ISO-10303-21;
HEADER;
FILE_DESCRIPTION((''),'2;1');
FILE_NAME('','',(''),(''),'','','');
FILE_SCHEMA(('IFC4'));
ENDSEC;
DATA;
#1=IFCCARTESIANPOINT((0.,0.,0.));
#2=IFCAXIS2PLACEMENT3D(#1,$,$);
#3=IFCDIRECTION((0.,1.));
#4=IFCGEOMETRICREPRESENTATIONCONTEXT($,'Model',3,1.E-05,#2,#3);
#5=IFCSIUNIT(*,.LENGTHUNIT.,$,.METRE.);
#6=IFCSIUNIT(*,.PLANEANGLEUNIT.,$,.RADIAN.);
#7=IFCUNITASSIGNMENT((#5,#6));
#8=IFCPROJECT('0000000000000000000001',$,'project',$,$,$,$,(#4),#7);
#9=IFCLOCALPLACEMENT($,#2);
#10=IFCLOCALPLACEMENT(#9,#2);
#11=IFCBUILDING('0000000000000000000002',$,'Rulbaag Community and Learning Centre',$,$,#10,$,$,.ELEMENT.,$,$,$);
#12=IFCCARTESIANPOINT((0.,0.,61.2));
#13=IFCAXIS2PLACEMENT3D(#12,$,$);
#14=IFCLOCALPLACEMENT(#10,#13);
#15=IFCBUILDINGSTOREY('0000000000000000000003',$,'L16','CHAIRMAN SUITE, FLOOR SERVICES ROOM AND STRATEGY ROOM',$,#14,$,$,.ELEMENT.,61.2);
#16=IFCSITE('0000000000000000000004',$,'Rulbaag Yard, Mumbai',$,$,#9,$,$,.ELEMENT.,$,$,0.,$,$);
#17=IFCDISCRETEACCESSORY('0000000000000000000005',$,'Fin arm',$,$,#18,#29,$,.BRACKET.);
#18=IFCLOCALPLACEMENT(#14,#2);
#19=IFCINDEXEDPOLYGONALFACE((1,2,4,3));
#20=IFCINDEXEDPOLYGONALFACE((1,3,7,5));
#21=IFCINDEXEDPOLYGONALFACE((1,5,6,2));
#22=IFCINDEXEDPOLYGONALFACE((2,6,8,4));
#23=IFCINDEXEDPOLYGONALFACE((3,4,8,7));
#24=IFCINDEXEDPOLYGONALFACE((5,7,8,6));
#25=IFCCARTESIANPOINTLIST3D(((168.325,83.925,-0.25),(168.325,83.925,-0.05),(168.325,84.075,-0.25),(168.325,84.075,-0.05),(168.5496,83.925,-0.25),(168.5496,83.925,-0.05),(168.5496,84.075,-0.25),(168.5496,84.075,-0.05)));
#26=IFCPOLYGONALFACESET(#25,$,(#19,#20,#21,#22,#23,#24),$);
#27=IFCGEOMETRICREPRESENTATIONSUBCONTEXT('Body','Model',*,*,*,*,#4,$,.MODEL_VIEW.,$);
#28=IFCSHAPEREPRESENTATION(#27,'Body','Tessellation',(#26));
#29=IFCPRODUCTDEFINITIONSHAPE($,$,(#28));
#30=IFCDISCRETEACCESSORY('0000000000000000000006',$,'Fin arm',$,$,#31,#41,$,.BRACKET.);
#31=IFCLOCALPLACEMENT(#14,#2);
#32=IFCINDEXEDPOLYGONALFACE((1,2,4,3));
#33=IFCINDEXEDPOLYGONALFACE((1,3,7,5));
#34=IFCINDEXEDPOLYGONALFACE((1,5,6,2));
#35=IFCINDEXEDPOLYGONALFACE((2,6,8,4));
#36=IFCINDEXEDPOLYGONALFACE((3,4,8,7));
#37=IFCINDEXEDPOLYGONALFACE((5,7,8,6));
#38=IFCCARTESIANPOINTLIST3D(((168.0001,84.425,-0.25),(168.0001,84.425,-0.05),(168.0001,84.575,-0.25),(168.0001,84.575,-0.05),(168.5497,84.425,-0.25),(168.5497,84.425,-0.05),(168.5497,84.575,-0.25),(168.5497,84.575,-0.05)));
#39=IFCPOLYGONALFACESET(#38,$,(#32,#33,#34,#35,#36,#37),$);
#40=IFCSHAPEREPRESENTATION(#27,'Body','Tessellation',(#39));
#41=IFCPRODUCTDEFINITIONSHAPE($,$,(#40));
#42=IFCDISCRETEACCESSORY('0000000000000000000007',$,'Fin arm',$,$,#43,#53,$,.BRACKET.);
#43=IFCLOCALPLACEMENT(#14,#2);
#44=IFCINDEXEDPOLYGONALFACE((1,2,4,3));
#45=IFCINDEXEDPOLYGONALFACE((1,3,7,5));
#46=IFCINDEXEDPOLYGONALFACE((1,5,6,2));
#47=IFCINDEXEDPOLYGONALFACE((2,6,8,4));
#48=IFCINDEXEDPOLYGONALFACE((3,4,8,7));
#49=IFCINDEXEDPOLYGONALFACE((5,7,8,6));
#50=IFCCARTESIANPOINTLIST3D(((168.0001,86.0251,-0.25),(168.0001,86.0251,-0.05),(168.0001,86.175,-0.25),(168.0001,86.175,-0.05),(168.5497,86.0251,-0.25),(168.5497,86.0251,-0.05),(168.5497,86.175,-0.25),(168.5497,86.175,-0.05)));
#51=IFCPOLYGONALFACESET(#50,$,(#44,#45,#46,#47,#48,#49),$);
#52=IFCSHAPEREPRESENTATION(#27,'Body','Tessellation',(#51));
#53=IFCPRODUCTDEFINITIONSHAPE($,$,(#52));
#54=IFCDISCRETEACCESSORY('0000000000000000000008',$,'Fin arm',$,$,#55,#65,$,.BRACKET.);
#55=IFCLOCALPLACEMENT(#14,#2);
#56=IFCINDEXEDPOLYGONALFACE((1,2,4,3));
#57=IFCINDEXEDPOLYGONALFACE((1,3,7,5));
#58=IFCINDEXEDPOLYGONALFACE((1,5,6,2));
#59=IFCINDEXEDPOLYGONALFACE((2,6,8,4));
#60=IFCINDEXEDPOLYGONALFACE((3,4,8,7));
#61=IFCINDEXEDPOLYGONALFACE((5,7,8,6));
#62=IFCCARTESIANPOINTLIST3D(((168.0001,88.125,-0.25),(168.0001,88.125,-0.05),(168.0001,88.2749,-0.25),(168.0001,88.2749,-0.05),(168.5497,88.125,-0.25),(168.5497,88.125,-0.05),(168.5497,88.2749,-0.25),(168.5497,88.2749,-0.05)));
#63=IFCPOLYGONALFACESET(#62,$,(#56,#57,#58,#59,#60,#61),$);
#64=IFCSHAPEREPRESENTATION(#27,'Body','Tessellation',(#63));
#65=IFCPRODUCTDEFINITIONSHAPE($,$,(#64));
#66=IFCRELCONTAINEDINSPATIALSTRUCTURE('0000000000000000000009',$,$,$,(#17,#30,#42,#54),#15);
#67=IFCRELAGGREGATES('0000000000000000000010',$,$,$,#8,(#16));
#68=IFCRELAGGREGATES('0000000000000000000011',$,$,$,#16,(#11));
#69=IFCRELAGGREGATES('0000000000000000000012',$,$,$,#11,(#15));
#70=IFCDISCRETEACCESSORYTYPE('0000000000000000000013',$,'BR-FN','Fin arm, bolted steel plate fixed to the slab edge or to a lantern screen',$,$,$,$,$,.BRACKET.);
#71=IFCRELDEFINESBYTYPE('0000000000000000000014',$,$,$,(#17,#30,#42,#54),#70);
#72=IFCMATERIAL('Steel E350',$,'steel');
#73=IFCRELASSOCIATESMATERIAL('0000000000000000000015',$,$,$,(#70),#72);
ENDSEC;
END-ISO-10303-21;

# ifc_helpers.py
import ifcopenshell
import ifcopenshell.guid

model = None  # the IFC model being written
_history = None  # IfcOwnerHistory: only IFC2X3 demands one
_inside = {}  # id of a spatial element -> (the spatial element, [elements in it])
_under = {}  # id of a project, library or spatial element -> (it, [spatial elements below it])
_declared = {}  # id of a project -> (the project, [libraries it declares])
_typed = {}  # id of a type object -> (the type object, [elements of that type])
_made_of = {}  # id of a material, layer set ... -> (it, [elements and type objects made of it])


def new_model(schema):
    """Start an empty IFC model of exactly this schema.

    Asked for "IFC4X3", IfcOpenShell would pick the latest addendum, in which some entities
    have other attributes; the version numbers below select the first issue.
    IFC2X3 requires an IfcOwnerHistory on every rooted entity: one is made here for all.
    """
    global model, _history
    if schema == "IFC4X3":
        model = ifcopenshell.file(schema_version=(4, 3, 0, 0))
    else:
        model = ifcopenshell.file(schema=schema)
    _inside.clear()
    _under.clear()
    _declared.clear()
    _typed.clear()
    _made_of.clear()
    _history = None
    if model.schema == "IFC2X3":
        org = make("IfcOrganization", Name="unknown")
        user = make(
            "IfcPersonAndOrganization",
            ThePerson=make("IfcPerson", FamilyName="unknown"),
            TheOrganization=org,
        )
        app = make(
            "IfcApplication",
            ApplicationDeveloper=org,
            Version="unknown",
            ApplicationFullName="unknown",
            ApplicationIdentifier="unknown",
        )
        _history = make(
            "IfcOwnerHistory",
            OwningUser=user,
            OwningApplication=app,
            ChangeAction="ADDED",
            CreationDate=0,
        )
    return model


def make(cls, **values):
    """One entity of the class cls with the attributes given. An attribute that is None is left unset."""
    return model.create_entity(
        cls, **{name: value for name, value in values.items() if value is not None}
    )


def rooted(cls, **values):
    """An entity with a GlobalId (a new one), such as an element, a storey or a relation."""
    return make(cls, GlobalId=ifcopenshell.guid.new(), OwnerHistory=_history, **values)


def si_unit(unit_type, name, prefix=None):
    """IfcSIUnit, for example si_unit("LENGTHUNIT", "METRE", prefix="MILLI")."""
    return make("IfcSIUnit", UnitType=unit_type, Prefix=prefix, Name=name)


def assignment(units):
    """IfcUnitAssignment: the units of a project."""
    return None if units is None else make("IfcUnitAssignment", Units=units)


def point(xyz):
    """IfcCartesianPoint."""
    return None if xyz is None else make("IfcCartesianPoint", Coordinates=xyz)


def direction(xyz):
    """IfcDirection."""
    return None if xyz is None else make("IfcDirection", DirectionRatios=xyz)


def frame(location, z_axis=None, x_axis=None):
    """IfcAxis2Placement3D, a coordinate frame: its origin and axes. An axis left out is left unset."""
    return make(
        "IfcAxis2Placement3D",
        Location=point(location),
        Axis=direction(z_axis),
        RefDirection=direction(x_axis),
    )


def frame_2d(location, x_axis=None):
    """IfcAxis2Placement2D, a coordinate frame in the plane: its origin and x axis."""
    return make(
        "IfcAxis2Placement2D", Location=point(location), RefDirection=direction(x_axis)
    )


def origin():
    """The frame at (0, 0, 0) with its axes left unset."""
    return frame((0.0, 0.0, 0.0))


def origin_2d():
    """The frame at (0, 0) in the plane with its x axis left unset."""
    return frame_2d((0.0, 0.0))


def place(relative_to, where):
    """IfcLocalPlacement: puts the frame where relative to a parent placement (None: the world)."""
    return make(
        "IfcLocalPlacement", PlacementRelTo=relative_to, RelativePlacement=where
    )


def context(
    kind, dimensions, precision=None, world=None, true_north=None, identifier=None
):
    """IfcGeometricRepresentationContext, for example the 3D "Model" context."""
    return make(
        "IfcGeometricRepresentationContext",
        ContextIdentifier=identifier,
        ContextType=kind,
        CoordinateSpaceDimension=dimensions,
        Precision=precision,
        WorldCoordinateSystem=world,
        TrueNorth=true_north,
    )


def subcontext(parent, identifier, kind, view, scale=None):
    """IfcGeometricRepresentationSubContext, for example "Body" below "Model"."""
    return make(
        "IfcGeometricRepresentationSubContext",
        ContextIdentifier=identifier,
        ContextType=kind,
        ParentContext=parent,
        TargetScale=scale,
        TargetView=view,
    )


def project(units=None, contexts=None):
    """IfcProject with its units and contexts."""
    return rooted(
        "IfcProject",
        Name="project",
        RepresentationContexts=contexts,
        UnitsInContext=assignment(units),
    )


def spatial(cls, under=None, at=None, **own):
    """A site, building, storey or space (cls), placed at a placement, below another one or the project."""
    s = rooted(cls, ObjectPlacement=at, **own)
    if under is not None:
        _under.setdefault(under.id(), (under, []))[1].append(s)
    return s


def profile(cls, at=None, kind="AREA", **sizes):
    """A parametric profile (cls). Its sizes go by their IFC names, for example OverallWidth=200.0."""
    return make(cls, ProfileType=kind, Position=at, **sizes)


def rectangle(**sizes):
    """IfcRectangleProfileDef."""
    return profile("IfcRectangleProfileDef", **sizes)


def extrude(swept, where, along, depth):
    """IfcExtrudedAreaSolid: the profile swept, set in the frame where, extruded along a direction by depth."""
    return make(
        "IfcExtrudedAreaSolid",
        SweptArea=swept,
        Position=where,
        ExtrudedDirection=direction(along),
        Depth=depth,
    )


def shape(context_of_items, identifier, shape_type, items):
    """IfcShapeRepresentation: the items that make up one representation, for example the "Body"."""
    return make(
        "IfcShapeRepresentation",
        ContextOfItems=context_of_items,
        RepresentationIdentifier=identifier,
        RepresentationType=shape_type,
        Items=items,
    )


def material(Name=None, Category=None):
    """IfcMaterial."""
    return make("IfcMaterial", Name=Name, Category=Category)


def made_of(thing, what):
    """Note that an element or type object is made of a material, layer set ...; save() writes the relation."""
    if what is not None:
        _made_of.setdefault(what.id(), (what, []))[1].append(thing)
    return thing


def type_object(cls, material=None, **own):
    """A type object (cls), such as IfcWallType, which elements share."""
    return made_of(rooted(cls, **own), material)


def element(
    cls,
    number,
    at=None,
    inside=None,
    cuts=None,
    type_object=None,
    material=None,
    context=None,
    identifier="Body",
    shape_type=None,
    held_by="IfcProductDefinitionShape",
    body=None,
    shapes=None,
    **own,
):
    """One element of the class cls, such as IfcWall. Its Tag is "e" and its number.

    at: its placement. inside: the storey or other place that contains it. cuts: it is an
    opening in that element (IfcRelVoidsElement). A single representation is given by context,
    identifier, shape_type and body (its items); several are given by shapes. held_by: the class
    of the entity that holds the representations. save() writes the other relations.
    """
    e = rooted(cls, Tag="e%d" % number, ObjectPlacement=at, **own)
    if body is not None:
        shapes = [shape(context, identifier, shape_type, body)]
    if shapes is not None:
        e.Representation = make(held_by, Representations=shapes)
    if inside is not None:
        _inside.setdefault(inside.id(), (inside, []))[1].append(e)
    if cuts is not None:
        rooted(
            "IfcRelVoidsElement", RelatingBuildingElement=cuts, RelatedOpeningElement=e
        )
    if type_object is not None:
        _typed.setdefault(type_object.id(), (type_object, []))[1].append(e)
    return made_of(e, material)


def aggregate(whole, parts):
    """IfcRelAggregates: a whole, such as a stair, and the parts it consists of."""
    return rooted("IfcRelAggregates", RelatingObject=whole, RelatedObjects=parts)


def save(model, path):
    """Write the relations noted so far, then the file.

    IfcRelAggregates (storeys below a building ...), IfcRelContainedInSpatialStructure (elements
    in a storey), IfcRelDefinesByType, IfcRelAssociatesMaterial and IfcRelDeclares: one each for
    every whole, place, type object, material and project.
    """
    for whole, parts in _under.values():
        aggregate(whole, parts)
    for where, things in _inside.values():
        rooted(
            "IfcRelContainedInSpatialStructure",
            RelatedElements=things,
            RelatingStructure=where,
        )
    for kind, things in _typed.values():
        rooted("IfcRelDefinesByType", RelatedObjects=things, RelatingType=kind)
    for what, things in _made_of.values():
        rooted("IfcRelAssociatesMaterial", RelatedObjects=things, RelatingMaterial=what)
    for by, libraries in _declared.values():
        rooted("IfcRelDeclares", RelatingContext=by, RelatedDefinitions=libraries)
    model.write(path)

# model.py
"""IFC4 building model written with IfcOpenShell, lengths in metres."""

from ifc_helpers import new_model, si_unit, direction, frame, origin, origin_2d, place, context, subcontext, project, spatial, rectangle, extrude, material, type_object, element, save


model = new_model("IFC4")

# Units and contexts
model_context = context("Model", 3, precision=1e-05, world=origin(), true_north=direction((0.0, 1.0)))
body_context = subcontext(model_context, "Body", "Model", "MODEL_VIEW")
ifc_project = project(units=[si_unit("LENGTHUNIT", "METRE"), si_unit("PLANEANGLEUNIT", "RADIAN")], contexts=[model_context])

# Site, building, storey
site_placement = place(None, origin())
site = spatial("IfcSite", under=ifc_project, at=site_placement, Name="Rulbaag Yard, Mumbai", CompositionType="ELEMENT", RefElevation=0.0)
building_placement = place(site_placement, origin())
building = spatial("IfcBuilding", under=site, at=building_placement, Name="Rulbaag Community and Learning Centre", CompositionType="ELEMENT")
storey_placement = place(building_placement, frame((0.0, 0.0, 61.2)))
storey = spatial("IfcBuildingStorey", under=building, at=storey_placement, Name="L16", Description="CHAIRMAN SUITE, FLOOR SERVICES ROOM AND STRATEGY ROOM", CompositionType="ELEMENT", Elevation=61.2)

# Discrete accessories
ifc_material_1 = material(Name="Steel E350", Category="steel")
discrete_accessory_type_1 = type_object("IfcDiscreteAccessoryType", Name="BR-FN", Description="Fin arm, bolted steel plate fixed to the slab edge or to a lantern screen", PredefinedType="BRACKET", material=ifc_material_1)
discrete_accessory_placement = place(storey_placement, frame((168.4373, 84.0, -0.25), z_axis=(0.0, 0.0, 1.0), x_axis=(1.0, 0.0, 0.0)))
element("IfcDiscreteAccessory", 1, at=discrete_accessory_placement, inside=storey, type_object=discrete_accessory_type_1, Name="Fin arm", PredefinedType="BRACKET", context=body_context, shape_type="SweptSolid", body=[
    extrude(rectangle(XDim=0.2246, YDim=0.1499, at=origin_2d()), origin(), (0.0, 0.0, 1.0), 0.2),
])
for number, where, z_axis, x_axis, name in (
    (2, (168.2749, 84.5, -0.25), (0.0, 0.0, 1.0), (1.0, 0.0, 0.0), "Fin arm"),
    (3, (168.2749, 86.1001, -0.25), (0.0, 0.0, 1.0), (1.0, 0.0, 0.0), "Fin arm"),
    (4, (168.2749, 88.2, -0.25), (0.0, 0.0, 1.0), (1.0, 0.0, 0.0), "Fin arm"),
):
    element("IfcDiscreteAccessory", number, at=place(storey_placement, frame(where, z_axis=z_axis, x_axis=x_axis)), inside=storey, type_object=discrete_accessory_type_1, Name=name, PredefinedType="BRACKET", context=body_context, shape_type="SweptSolid", body=[
        extrude(rectangle(XDim=0.5496, YDim=0.1499, at=origin_2d()), origin(), (0.0, 0.0, 1.0), 0.2),
    ])

save(model, "model.ifc")
